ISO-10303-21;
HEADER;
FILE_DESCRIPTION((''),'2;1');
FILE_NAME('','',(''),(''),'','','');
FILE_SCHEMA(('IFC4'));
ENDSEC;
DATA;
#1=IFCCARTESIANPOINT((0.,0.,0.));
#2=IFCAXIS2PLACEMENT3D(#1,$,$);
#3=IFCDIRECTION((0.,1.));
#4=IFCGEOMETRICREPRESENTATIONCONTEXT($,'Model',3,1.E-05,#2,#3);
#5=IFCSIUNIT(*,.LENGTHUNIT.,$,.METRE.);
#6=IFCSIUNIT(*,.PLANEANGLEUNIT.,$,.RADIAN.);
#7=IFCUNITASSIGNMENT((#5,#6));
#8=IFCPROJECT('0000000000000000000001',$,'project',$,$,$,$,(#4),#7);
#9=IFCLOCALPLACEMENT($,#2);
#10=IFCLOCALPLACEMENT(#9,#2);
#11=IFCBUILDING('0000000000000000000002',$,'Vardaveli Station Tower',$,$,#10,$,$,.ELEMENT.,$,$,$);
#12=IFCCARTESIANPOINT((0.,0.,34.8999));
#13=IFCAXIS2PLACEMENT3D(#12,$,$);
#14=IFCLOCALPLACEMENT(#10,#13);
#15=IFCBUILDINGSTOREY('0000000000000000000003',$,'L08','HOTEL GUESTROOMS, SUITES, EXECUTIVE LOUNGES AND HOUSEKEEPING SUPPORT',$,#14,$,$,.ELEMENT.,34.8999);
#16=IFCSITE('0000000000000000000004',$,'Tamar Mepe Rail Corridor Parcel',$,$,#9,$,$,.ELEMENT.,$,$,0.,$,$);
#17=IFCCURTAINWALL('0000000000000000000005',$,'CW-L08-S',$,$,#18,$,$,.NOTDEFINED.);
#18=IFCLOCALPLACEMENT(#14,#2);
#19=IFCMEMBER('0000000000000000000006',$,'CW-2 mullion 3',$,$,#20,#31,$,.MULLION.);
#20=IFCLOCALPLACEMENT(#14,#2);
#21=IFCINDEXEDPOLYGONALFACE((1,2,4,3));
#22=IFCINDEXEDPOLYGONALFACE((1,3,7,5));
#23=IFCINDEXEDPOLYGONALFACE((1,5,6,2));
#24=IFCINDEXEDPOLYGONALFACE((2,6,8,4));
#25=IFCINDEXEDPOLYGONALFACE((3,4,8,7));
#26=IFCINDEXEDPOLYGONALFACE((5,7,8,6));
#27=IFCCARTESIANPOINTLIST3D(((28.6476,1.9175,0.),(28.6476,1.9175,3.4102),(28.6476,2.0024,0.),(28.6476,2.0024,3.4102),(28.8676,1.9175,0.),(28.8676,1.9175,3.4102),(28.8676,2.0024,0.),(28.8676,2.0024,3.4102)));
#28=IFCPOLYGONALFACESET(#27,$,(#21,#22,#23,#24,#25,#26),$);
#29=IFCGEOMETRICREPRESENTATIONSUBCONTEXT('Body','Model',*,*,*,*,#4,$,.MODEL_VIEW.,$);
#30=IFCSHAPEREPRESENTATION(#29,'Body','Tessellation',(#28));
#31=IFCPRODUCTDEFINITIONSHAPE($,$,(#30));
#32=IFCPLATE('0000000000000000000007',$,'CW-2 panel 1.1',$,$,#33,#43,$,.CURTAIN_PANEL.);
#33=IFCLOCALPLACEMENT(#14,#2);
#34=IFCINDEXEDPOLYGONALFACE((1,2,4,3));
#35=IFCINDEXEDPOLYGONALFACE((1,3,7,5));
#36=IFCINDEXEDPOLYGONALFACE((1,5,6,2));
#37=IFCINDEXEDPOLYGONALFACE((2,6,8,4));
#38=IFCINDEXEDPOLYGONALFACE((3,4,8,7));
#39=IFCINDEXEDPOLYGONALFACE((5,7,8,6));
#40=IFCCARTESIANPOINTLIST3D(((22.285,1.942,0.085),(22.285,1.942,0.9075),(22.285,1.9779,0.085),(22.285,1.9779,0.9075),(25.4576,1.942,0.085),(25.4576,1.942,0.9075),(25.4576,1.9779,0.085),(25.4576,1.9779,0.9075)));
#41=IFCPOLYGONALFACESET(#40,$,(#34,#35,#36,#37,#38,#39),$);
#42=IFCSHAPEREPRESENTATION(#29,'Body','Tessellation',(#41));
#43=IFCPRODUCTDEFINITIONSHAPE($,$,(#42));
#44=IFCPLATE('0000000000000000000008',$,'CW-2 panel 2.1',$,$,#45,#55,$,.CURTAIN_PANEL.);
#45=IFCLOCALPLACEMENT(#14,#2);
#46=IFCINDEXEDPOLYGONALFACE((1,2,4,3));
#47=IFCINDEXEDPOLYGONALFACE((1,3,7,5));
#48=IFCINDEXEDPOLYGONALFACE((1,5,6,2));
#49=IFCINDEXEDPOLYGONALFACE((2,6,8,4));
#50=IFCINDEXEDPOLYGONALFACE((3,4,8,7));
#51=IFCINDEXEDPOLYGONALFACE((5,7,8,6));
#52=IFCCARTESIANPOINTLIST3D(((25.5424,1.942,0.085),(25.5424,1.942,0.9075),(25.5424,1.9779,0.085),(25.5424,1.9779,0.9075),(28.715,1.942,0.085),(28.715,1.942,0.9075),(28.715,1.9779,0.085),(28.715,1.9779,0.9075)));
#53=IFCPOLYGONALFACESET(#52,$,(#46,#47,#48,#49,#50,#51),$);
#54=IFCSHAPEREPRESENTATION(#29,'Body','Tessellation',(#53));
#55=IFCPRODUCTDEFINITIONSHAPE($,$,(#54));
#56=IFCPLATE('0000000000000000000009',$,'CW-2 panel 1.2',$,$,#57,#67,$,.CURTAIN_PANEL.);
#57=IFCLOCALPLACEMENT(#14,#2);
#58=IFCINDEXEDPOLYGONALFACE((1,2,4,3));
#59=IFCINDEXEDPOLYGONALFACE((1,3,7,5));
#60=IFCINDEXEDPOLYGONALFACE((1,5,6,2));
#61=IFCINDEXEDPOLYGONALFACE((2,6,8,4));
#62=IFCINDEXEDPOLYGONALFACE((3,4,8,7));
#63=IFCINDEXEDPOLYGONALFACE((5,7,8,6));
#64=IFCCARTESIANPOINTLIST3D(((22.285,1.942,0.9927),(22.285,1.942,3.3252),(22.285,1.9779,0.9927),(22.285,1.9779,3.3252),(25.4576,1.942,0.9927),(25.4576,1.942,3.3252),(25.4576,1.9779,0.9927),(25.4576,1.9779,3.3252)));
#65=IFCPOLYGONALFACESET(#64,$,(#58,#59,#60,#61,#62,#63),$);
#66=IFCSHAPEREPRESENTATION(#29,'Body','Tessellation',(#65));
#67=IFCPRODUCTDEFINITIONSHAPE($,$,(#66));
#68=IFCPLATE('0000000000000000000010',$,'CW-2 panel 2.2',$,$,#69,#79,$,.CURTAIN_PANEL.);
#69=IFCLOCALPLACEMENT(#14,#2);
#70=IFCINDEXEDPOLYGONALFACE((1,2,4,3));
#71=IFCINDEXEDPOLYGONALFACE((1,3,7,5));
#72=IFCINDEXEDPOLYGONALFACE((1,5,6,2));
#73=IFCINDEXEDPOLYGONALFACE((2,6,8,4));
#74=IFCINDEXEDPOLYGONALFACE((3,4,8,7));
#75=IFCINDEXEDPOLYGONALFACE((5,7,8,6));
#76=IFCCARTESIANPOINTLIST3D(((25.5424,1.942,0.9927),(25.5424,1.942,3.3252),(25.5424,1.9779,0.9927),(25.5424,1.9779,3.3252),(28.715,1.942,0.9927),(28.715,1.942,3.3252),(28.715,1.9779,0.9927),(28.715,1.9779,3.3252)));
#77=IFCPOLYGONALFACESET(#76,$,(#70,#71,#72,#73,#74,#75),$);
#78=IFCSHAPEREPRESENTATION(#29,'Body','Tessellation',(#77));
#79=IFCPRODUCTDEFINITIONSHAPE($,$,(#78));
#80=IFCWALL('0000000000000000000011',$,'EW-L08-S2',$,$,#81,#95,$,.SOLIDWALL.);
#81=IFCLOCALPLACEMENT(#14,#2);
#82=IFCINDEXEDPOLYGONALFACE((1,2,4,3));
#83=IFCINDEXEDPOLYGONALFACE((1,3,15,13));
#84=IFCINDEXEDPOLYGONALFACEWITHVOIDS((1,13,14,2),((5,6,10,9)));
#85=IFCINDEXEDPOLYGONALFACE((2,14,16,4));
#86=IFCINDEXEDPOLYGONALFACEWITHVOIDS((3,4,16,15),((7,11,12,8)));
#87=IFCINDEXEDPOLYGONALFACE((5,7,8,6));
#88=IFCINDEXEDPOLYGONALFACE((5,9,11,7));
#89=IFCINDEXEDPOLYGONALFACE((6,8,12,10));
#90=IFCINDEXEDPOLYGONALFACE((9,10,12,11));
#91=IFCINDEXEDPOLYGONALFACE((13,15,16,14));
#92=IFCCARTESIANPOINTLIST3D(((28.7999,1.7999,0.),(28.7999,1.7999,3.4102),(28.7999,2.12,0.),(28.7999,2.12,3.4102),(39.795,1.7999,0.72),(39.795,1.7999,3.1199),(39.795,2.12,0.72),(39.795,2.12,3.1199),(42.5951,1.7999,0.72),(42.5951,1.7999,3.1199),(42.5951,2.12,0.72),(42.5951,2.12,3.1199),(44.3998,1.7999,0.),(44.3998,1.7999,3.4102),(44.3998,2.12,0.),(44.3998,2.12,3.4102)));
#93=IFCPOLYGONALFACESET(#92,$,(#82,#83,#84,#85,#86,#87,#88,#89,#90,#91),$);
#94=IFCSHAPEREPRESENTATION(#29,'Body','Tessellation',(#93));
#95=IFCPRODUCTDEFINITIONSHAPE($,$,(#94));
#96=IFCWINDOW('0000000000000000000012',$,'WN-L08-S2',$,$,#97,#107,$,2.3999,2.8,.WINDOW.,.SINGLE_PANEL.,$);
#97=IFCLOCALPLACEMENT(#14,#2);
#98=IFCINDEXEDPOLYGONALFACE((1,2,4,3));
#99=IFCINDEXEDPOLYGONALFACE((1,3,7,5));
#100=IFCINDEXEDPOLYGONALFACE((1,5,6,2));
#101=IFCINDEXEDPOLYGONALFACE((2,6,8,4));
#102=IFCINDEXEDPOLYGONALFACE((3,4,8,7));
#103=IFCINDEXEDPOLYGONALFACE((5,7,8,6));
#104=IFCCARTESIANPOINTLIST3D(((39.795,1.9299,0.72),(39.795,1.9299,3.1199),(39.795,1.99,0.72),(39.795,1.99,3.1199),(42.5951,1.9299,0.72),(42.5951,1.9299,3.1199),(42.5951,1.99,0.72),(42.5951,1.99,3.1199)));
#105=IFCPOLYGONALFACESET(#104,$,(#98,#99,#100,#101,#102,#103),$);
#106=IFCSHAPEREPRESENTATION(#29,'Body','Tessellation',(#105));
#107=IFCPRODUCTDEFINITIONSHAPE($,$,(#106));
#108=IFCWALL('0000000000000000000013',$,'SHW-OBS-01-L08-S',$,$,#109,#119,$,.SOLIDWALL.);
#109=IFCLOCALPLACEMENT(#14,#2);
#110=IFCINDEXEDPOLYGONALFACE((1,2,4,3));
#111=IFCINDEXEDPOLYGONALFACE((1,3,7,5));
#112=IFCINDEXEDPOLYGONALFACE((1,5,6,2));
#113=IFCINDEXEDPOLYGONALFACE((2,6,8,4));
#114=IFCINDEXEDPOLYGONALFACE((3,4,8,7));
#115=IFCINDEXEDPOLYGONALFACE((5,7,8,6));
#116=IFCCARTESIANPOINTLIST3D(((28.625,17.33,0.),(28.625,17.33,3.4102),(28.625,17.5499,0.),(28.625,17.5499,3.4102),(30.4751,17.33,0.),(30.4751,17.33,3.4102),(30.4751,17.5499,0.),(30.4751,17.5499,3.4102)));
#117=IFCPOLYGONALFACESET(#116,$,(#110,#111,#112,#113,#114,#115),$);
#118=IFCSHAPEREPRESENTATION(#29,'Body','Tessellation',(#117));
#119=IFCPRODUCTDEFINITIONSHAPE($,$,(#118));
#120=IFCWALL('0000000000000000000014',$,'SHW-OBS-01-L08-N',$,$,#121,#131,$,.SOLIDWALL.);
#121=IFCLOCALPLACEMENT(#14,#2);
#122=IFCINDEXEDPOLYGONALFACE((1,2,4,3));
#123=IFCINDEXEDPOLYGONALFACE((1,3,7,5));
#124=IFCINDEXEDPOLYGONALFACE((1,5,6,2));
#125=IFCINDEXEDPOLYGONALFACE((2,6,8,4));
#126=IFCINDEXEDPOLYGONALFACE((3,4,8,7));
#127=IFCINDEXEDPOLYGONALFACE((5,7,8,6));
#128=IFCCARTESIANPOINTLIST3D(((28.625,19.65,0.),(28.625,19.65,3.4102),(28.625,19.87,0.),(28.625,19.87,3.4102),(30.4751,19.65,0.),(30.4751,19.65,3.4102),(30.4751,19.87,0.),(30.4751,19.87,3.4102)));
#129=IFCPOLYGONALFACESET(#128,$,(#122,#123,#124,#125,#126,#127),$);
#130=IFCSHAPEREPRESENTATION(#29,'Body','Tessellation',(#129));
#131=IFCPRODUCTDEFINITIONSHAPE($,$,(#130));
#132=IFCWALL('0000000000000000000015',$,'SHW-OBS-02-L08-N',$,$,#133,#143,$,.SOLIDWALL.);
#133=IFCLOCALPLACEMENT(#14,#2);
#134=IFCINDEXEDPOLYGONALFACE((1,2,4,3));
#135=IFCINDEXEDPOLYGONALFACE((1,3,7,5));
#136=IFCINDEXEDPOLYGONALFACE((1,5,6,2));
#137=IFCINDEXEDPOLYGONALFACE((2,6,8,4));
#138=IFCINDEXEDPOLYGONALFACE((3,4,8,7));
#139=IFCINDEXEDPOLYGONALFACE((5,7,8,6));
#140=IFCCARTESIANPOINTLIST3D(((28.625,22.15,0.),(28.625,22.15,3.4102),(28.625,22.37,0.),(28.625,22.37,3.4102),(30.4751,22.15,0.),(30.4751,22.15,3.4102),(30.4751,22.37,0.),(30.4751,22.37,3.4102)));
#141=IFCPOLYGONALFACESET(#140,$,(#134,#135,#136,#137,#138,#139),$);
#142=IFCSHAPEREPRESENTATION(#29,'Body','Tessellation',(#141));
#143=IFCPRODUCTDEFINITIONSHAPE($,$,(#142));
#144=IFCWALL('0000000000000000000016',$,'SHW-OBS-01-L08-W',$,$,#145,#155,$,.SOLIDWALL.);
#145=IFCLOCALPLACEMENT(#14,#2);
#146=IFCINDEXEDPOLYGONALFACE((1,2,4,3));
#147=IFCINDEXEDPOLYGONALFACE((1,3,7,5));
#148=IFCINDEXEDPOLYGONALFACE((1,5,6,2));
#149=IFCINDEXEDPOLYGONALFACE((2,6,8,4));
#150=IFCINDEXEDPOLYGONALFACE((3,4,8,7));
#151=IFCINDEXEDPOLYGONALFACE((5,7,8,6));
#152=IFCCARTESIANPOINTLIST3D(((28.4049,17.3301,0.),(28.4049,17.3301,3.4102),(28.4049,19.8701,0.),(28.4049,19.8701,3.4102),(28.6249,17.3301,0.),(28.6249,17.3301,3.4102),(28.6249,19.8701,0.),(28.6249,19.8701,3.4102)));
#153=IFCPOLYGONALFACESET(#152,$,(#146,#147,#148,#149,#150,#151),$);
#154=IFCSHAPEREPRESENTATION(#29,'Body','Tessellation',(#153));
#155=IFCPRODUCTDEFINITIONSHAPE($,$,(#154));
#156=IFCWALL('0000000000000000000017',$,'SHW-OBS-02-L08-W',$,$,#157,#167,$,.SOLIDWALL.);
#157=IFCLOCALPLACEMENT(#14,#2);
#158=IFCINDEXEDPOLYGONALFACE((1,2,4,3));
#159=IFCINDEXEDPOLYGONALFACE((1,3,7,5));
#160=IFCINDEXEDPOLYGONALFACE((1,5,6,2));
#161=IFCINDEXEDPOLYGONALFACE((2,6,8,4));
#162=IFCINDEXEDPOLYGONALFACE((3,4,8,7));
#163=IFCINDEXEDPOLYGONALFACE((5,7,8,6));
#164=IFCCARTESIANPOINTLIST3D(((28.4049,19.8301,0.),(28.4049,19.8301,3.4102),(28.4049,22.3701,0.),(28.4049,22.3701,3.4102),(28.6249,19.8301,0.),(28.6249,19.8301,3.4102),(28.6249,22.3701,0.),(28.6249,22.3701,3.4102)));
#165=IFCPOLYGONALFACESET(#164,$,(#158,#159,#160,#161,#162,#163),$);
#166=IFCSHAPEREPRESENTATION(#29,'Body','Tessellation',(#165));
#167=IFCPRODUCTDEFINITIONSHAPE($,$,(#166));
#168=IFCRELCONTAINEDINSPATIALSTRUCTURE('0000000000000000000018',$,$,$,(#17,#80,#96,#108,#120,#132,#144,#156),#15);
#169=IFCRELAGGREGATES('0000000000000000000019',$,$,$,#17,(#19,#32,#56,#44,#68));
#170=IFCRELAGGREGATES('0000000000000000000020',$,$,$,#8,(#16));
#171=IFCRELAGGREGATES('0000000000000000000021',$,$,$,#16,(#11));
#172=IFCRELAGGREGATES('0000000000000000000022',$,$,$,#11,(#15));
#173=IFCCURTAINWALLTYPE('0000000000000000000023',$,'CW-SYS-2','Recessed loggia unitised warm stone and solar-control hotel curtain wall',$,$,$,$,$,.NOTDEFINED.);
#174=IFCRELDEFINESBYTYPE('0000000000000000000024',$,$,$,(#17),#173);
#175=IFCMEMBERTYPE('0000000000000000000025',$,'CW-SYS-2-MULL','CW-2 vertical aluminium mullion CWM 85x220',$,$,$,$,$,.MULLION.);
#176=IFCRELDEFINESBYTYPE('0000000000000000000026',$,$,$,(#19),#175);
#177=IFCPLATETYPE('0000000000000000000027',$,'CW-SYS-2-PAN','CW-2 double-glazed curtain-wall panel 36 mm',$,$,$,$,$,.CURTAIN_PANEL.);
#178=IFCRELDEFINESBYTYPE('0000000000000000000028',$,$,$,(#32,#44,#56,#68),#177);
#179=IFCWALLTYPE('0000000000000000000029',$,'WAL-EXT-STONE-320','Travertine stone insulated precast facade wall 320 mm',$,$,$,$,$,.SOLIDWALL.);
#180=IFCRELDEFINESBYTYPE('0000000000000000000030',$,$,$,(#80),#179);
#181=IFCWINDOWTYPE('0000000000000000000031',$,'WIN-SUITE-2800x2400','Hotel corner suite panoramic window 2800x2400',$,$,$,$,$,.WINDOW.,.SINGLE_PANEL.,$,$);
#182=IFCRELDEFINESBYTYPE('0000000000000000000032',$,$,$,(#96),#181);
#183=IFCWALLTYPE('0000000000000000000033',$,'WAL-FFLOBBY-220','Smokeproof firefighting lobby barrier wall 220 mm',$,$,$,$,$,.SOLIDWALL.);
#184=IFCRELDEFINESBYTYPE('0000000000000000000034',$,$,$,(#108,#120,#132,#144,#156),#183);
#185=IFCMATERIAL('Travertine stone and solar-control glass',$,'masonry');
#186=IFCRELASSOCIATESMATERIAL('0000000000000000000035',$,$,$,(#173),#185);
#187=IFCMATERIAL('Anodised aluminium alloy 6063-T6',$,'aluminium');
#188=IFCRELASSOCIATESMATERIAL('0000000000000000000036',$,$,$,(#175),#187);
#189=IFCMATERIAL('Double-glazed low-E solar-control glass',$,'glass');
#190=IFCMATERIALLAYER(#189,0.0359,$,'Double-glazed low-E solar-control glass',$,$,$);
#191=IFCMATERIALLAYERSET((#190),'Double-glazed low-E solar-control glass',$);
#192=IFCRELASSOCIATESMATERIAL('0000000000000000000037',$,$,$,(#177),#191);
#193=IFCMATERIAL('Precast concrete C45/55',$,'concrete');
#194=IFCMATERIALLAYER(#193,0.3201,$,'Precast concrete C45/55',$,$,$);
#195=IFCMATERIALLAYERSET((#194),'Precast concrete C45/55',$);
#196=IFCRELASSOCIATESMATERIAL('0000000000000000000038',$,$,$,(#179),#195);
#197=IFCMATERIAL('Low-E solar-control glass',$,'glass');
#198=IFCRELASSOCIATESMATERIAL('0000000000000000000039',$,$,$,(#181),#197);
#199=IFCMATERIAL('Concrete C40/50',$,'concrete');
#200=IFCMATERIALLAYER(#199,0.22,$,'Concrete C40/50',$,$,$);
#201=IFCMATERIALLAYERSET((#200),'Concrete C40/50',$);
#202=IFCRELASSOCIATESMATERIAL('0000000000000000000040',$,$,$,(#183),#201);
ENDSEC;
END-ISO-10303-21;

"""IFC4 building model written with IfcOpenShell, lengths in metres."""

from ifc_helpers import new_model, si_unit, direction, frame, frame_2d, origin, origin_2d, place, context, subcontext, project, spatial, rectangle, extrude, source, transform, mapped, material, layer, layer_set, material_profile, profile_set, type_object, element, fill, aggregate, save


model = new_model("IFC4")

# Units and contexts
model_context = context("Model", 3, precision=1e-05, world=origin(), true_north=direction((0.0, 1.0)))
body_context = subcontext(model_context, "Body", "Model", "MODEL_VIEW")
ifc_project = project(units=[si_unit("LENGTHUNIT", "METRE"), si_unit("PLANEANGLEUNIT", "RADIAN")], contexts=[model_context])

# Site, building, storey
site_placement = place(None, origin())
site = spatial("IfcSite", under=ifc_project, at=site_placement, Name="Tamar Mepe Rail Corridor Parcel", CompositionType="ELEMENT", RefElevation=0.0)
building_placement = place(site_placement, origin())
building = spatial("IfcBuilding", under=site, at=building_placement, Name="Vardaveli Station Tower", CompositionType="ELEMENT")
storey_placement = place(building_placement, frame((0.0, 0.0, 34.8999)))
storey = spatial("IfcBuildingStorey", under=building, at=storey_placement, Name="L08", Description="HOTEL GUESTROOMS, SUITES, EXECUTIVE LOUNGES AND HOUSEKEEPING SUPPORT", CompositionType="ELEMENT", Elevation=34.8999)

# Shared definitions
ifc_material_1 = material(Name="Precast concrete C45/55", Category="concrete")

# Curtain wall, member, plates
ifc_material_2 = material(Name="Travertine stone and solar-control glass", Category="masonry")
curtain_wall_type = type_object("IfcCurtainWallType", Name="CW-SYS-2", Description="Recessed loggia unitised warm stone and solar-control hotel curtain wall", PredefinedType="NOTDEFINED", material=ifc_material_2)
curtain_wall_placement = place(storey_placement, origin())
curtain_wall = element("IfcCurtainWall", 1, at=curtain_wall_placement, inside=storey, type_object=curtain_wall_type, Name="CW-L08-S", PredefinedType="NOTDEFINED")
ifc_material_3 = material(Name="Anodised aluminium alloy 6063-T6", Category="aluminium")
ifc_material_profile_1 = material_profile(ifc_material_3, rectangle(XDim=0.085, YDim=0.22, at=origin_2d()), Name="CWM 85x220")
ifc_profile_set_1 = profile_set([ifc_material_profile_1], Name="Anodised aluminium alloy 6063-T6")
member_type_1 = type_object("IfcMemberType", Name="CW-SYS-2-MULL", Description="CW-2 vertical aluminium mullion CWM 85x220", PredefinedType="MULLION", material=ifc_profile_set_1)
shared_shape_1 = source(origin(), body_context, "Body", "SweptSolid", [
    extrude(rectangle(XDim=0.085, YDim=0.22, at=origin_2d()), origin(), (0.0, 0.0, 1.0), 3.4102),
])
member_1_placement = place(storey_placement, frame((28.7576, 1.96, 0.0), z_axis=(0.0, 0.0, 1.0), x_axis=(0.0, 1.0, 0.0)))
member_1 = element("IfcMember", 2, at=member_1_placement, type_object=member_type_1, Name="CW-2 mullion 3", PredefinedType="MULLION", context=body_context, shape_type="MappedRepresentation", body=[
    mapped(shared_shape_1, transform((0.0, 0.0, 0.0), scale=1.0)),
])
ifc_material_4 = material(Name="Double-glazed low-E solar-control glass", Category="glass")
ifc_layer_1 = layer(ifc_material_4, 0.0359, Name="Double-glazed low-E solar-control glass")
ifc_layer_set_1 = layer_set([ifc_layer_1], Name="Double-glazed low-E solar-control glass")
plate_type = type_object("IfcPlateType", Name="CW-SYS-2-PAN", Description="CW-2 double-glazed curtain-wall panel 36 mm", PredefinedType="CURTAIN_PANEL", material=ifc_layer_set_1)
shared_shape_2 = source(origin(), body_context, "Body", "SweptSolid", [
    extrude(rectangle(XDim=3.1726, YDim=0.0359, at=origin_2d()), origin(), (0.0, 0.0, 1.0), 0.8225),
])
plate_1_placement = place(storey_placement, frame((23.8713, 1.96, 0.085), z_axis=(0.0, 0.0, 1.0), x_axis=(1.0, 0.0, 0.0)))
plate_1 = element("IfcPlate", 3, at=plate_1_placement, type_object=plate_type, Name="CW-2 panel 1.1", PredefinedType="CURTAIN_PANEL", context=body_context, shape_type="MappedRepresentation", body=[
    mapped(shared_shape_2, transform((0.0, 0.0, 0.0), scale=1.0)),
])
plate_2_placement = place(storey_placement, frame((27.1287, 1.96, 0.085), z_axis=(0.0, 0.0, 1.0), x_axis=(1.0, 0.0, 0.0)))
plate_2 = element("IfcPlate", 4, at=plate_2_placement, type_object=plate_type, Name="CW-2 panel 2.1", PredefinedType="CURTAIN_PANEL", context=body_context, shape_type="MappedRepresentation", body=[
    mapped(shared_shape_2, transform((0.0, 0.0, 0.0), scale=1.0)),
])
shared_shape_3 = source(origin(), body_context, "Body", "SweptSolid", [
    extrude(rectangle(XDim=3.1726, YDim=0.0359, at=origin_2d()), origin(), (0.0, 0.0, 1.0), 2.3325),
])
plate_3_placement = place(storey_placement, frame((23.8713, 1.96, 0.9927), z_axis=(0.0, 0.0, 1.0), x_axis=(1.0, 0.0, 0.0)))
plate_3 = element("IfcPlate", 5, at=plate_3_placement, type_object=plate_type, Name="CW-2 panel 1.2", PredefinedType="CURTAIN_PANEL", context=body_context, shape_type="MappedRepresentation", body=[
    mapped(shared_shape_3, transform((0.0, 0.0, 0.0), scale=1.0)),
])
plate_4_placement = place(storey_placement, frame((27.1287, 1.96, 0.9927), z_axis=(0.0, 0.0, 1.0), x_axis=(1.0, 0.0, 0.0)))
plate_4 = element("IfcPlate", 6, at=plate_4_placement, type_object=plate_type, Name="CW-2 panel 2.2", PredefinedType="CURTAIN_PANEL", context=body_context, shape_type="MappedRepresentation", body=[
    mapped(shared_shape_3, transform((0.0, 0.0, 0.0), scale=1.0)),
])
aggregate(curtain_wall, [member_1, plate_1, plate_3, plate_2, plate_4])

# Wall, opening, window
ifc_layer_2 = layer(ifc_material_1, 0.3201, Name="Precast concrete C45/55")
ifc_layer_set_2 = layer_set([ifc_layer_2], Name="Precast concrete C45/55")
wall_type_1 = type_object("IfcWallType", Name="WAL-EXT-STONE-320", Description="Travertine stone insulated precast facade wall 320 mm", PredefinedType="SOLIDWALL", material=ifc_layer_set_2)
shared_shape_4 = source(origin(), body_context, "Body", "SweptSolid", [
    extrude(rectangle(XDim=15.5999, YDim=0.3201, at=frame_2d((7.7998, 0.0))), origin(), (0.0, 0.0, 1.0), 3.4102),
])
wall_1_placement = place(storey_placement, frame((28.8, 1.96, 0.0), z_axis=(0.0, 0.0, 1.0), x_axis=(1.0, 0.0, 0.0)))
wall_1 = element("IfcWall", 7, at=wall_1_placement, inside=storey, type_object=wall_type_1, Name="EW-L08-S2", PredefinedType="SOLIDWALL", context=body_context, shape_type="MappedRepresentation", body=[
    mapped(shared_shape_4, transform((0.0, 0.0, 0.0), scale=1.0)),
])
shared_shape_5 = source(origin(), body_context, "Body", "SweptSolid", [
    extrude(rectangle(XDim=2.8, YDim=2.3999, at=frame_2d((1.3999, 1.2))), frame((0.0, 0.1699, 0.0), z_axis=(0.0, -1.0, 0.0), x_axis=(1.0, 0.0, 0.0)), (0.0, 0.0, 1.0), 0.3401),
])
opening_1_placement = place(wall_1_placement, frame((10.9951, 0.0, 0.72)))
opening_1 = element("IfcOpeningElement", 8, at=opening_1_placement, cuts=wall_1, PredefinedType="OPENING", context=body_context, shape_type="MappedRepresentation", body=[
    mapped(shared_shape_5, transform((0.0, 0.0, 0.0), scale=1.0)),
])
ifc_material_5 = material(Name="Low-E solar-control glass", Category="glass")
window_type = type_object("IfcWindowType", Name="WIN-SUITE-2800x2400", Description="Hotel corner suite panoramic window 2800x2400", PartitioningType="SINGLE_PANEL", PredefinedType="WINDOW", material=ifc_material_5)
shared_shape_6 = source(origin(), body_context, "Body", "SweptSolid", [
    extrude(rectangle(XDim=2.8, YDim=2.3999, at=frame_2d((1.3999, 1.2))), frame((0.0, 0.03, 0.0), z_axis=(0.0, -1.0, 0.0), x_axis=(1.0, 0.0, 0.0)), (0.0, 0.0, 1.0), 0.0601),
])
window_placement = place(opening_1_placement, origin())
window = element("IfcWindow", 9, at=window_placement, inside=storey, type_object=window_type, Name="WN-L08-S2", OverallHeight=2.3999, OverallWidth=2.8, PartitioningType="SINGLE_PANEL", PredefinedType="WINDOW", context=body_context, shape_type="MappedRepresentation", body=[
    mapped(shared_shape_6, transform((0.0, 0.0, 0.0), scale=1.0)),
])
fill(opening_1, window)

# Walls
ifc_material_6 = material(Name="Concrete C40/50", Category="concrete")
ifc_layer_3 = layer(ifc_material_6, 0.22, Name="Concrete C40/50")
ifc_layer_set_3 = layer_set([ifc_layer_3], Name="Concrete C40/50")
wall_type_2 = type_object("IfcWallType", Name="WAL-FFLOBBY-220", Description="Smokeproof firefighting lobby barrier wall 220 mm", PredefinedType="SOLIDWALL", material=ifc_layer_set_3)
shared_shape_7 = source(origin(), body_context, "Body", "SweptSolid", [
    extrude(rectangle(XDim=1.8501, YDim=0.22, at=frame_2d((0.925, 0.0))), origin(), (0.0, 0.0, 1.0), 3.4102),
])
for number, where, z_axis, x_axis, name in (
    (10, (28.625, 17.4399, 0.0), (0.0, 0.0, 1.0), (1.0, 0.0, 0.0), "SHW-OBS-01-L08-S"),
    (11, (28.625, 19.76, 0.0), (0.0, 0.0, 1.0), (1.0, 0.0, 0.0), "SHW-OBS-01-L08-N"),
    (12, (28.625, 22.26, 0.0), (0.0, 0.0, 1.0), (1.0, 0.0, 0.0), "SHW-OBS-02-L08-N"),
):
    element("IfcWall", number, at=place(storey_placement, frame(where, z_axis=z_axis, x_axis=x_axis)), inside=storey, type_object=wall_type_2, Name=name, PredefinedType="SOLIDWALL", context=body_context, shape_type="MappedRepresentation", body=[
        mapped(shared_shape_7, transform((0.0, 0.0, 0.0), scale=1.0)),
    ])
shared_shape_8 = source(origin(), body_context, "Body", "SweptSolid", [
    extrude(rectangle(XDim=2.54, YDim=0.22, at=frame_2d((1.27, 0.0))), origin(), (0.0, 0.0, 1.0), 3.4102),
])
for number, where, z_axis, x_axis, name in (
    (13, (28.5149, 17.3301, 0.0), (0.0, 0.0, 1.0), (0.0, 1.0, 0.0), "SHW-OBS-01-L08-W"),
    (14, (28.5149, 19.8301, 0.0), (0.0, 0.0, 1.0), (0.0, 1.0, 0.0), "SHW-OBS-02-L08-W"),
):
    element("IfcWall", number, at=place(storey_placement, frame(where, z_axis=z_axis, x_axis=x_axis)), inside=storey, type_object=wall_type_2, Name=name, PredefinedType="SOLIDWALL", context=body_context, shape_type="MappedRepresentation", body=[
        mapped(shared_shape_8, transform((0.0, 0.0, 0.0), scale=1.0)),
    ])

save(model, "model.ifc")
